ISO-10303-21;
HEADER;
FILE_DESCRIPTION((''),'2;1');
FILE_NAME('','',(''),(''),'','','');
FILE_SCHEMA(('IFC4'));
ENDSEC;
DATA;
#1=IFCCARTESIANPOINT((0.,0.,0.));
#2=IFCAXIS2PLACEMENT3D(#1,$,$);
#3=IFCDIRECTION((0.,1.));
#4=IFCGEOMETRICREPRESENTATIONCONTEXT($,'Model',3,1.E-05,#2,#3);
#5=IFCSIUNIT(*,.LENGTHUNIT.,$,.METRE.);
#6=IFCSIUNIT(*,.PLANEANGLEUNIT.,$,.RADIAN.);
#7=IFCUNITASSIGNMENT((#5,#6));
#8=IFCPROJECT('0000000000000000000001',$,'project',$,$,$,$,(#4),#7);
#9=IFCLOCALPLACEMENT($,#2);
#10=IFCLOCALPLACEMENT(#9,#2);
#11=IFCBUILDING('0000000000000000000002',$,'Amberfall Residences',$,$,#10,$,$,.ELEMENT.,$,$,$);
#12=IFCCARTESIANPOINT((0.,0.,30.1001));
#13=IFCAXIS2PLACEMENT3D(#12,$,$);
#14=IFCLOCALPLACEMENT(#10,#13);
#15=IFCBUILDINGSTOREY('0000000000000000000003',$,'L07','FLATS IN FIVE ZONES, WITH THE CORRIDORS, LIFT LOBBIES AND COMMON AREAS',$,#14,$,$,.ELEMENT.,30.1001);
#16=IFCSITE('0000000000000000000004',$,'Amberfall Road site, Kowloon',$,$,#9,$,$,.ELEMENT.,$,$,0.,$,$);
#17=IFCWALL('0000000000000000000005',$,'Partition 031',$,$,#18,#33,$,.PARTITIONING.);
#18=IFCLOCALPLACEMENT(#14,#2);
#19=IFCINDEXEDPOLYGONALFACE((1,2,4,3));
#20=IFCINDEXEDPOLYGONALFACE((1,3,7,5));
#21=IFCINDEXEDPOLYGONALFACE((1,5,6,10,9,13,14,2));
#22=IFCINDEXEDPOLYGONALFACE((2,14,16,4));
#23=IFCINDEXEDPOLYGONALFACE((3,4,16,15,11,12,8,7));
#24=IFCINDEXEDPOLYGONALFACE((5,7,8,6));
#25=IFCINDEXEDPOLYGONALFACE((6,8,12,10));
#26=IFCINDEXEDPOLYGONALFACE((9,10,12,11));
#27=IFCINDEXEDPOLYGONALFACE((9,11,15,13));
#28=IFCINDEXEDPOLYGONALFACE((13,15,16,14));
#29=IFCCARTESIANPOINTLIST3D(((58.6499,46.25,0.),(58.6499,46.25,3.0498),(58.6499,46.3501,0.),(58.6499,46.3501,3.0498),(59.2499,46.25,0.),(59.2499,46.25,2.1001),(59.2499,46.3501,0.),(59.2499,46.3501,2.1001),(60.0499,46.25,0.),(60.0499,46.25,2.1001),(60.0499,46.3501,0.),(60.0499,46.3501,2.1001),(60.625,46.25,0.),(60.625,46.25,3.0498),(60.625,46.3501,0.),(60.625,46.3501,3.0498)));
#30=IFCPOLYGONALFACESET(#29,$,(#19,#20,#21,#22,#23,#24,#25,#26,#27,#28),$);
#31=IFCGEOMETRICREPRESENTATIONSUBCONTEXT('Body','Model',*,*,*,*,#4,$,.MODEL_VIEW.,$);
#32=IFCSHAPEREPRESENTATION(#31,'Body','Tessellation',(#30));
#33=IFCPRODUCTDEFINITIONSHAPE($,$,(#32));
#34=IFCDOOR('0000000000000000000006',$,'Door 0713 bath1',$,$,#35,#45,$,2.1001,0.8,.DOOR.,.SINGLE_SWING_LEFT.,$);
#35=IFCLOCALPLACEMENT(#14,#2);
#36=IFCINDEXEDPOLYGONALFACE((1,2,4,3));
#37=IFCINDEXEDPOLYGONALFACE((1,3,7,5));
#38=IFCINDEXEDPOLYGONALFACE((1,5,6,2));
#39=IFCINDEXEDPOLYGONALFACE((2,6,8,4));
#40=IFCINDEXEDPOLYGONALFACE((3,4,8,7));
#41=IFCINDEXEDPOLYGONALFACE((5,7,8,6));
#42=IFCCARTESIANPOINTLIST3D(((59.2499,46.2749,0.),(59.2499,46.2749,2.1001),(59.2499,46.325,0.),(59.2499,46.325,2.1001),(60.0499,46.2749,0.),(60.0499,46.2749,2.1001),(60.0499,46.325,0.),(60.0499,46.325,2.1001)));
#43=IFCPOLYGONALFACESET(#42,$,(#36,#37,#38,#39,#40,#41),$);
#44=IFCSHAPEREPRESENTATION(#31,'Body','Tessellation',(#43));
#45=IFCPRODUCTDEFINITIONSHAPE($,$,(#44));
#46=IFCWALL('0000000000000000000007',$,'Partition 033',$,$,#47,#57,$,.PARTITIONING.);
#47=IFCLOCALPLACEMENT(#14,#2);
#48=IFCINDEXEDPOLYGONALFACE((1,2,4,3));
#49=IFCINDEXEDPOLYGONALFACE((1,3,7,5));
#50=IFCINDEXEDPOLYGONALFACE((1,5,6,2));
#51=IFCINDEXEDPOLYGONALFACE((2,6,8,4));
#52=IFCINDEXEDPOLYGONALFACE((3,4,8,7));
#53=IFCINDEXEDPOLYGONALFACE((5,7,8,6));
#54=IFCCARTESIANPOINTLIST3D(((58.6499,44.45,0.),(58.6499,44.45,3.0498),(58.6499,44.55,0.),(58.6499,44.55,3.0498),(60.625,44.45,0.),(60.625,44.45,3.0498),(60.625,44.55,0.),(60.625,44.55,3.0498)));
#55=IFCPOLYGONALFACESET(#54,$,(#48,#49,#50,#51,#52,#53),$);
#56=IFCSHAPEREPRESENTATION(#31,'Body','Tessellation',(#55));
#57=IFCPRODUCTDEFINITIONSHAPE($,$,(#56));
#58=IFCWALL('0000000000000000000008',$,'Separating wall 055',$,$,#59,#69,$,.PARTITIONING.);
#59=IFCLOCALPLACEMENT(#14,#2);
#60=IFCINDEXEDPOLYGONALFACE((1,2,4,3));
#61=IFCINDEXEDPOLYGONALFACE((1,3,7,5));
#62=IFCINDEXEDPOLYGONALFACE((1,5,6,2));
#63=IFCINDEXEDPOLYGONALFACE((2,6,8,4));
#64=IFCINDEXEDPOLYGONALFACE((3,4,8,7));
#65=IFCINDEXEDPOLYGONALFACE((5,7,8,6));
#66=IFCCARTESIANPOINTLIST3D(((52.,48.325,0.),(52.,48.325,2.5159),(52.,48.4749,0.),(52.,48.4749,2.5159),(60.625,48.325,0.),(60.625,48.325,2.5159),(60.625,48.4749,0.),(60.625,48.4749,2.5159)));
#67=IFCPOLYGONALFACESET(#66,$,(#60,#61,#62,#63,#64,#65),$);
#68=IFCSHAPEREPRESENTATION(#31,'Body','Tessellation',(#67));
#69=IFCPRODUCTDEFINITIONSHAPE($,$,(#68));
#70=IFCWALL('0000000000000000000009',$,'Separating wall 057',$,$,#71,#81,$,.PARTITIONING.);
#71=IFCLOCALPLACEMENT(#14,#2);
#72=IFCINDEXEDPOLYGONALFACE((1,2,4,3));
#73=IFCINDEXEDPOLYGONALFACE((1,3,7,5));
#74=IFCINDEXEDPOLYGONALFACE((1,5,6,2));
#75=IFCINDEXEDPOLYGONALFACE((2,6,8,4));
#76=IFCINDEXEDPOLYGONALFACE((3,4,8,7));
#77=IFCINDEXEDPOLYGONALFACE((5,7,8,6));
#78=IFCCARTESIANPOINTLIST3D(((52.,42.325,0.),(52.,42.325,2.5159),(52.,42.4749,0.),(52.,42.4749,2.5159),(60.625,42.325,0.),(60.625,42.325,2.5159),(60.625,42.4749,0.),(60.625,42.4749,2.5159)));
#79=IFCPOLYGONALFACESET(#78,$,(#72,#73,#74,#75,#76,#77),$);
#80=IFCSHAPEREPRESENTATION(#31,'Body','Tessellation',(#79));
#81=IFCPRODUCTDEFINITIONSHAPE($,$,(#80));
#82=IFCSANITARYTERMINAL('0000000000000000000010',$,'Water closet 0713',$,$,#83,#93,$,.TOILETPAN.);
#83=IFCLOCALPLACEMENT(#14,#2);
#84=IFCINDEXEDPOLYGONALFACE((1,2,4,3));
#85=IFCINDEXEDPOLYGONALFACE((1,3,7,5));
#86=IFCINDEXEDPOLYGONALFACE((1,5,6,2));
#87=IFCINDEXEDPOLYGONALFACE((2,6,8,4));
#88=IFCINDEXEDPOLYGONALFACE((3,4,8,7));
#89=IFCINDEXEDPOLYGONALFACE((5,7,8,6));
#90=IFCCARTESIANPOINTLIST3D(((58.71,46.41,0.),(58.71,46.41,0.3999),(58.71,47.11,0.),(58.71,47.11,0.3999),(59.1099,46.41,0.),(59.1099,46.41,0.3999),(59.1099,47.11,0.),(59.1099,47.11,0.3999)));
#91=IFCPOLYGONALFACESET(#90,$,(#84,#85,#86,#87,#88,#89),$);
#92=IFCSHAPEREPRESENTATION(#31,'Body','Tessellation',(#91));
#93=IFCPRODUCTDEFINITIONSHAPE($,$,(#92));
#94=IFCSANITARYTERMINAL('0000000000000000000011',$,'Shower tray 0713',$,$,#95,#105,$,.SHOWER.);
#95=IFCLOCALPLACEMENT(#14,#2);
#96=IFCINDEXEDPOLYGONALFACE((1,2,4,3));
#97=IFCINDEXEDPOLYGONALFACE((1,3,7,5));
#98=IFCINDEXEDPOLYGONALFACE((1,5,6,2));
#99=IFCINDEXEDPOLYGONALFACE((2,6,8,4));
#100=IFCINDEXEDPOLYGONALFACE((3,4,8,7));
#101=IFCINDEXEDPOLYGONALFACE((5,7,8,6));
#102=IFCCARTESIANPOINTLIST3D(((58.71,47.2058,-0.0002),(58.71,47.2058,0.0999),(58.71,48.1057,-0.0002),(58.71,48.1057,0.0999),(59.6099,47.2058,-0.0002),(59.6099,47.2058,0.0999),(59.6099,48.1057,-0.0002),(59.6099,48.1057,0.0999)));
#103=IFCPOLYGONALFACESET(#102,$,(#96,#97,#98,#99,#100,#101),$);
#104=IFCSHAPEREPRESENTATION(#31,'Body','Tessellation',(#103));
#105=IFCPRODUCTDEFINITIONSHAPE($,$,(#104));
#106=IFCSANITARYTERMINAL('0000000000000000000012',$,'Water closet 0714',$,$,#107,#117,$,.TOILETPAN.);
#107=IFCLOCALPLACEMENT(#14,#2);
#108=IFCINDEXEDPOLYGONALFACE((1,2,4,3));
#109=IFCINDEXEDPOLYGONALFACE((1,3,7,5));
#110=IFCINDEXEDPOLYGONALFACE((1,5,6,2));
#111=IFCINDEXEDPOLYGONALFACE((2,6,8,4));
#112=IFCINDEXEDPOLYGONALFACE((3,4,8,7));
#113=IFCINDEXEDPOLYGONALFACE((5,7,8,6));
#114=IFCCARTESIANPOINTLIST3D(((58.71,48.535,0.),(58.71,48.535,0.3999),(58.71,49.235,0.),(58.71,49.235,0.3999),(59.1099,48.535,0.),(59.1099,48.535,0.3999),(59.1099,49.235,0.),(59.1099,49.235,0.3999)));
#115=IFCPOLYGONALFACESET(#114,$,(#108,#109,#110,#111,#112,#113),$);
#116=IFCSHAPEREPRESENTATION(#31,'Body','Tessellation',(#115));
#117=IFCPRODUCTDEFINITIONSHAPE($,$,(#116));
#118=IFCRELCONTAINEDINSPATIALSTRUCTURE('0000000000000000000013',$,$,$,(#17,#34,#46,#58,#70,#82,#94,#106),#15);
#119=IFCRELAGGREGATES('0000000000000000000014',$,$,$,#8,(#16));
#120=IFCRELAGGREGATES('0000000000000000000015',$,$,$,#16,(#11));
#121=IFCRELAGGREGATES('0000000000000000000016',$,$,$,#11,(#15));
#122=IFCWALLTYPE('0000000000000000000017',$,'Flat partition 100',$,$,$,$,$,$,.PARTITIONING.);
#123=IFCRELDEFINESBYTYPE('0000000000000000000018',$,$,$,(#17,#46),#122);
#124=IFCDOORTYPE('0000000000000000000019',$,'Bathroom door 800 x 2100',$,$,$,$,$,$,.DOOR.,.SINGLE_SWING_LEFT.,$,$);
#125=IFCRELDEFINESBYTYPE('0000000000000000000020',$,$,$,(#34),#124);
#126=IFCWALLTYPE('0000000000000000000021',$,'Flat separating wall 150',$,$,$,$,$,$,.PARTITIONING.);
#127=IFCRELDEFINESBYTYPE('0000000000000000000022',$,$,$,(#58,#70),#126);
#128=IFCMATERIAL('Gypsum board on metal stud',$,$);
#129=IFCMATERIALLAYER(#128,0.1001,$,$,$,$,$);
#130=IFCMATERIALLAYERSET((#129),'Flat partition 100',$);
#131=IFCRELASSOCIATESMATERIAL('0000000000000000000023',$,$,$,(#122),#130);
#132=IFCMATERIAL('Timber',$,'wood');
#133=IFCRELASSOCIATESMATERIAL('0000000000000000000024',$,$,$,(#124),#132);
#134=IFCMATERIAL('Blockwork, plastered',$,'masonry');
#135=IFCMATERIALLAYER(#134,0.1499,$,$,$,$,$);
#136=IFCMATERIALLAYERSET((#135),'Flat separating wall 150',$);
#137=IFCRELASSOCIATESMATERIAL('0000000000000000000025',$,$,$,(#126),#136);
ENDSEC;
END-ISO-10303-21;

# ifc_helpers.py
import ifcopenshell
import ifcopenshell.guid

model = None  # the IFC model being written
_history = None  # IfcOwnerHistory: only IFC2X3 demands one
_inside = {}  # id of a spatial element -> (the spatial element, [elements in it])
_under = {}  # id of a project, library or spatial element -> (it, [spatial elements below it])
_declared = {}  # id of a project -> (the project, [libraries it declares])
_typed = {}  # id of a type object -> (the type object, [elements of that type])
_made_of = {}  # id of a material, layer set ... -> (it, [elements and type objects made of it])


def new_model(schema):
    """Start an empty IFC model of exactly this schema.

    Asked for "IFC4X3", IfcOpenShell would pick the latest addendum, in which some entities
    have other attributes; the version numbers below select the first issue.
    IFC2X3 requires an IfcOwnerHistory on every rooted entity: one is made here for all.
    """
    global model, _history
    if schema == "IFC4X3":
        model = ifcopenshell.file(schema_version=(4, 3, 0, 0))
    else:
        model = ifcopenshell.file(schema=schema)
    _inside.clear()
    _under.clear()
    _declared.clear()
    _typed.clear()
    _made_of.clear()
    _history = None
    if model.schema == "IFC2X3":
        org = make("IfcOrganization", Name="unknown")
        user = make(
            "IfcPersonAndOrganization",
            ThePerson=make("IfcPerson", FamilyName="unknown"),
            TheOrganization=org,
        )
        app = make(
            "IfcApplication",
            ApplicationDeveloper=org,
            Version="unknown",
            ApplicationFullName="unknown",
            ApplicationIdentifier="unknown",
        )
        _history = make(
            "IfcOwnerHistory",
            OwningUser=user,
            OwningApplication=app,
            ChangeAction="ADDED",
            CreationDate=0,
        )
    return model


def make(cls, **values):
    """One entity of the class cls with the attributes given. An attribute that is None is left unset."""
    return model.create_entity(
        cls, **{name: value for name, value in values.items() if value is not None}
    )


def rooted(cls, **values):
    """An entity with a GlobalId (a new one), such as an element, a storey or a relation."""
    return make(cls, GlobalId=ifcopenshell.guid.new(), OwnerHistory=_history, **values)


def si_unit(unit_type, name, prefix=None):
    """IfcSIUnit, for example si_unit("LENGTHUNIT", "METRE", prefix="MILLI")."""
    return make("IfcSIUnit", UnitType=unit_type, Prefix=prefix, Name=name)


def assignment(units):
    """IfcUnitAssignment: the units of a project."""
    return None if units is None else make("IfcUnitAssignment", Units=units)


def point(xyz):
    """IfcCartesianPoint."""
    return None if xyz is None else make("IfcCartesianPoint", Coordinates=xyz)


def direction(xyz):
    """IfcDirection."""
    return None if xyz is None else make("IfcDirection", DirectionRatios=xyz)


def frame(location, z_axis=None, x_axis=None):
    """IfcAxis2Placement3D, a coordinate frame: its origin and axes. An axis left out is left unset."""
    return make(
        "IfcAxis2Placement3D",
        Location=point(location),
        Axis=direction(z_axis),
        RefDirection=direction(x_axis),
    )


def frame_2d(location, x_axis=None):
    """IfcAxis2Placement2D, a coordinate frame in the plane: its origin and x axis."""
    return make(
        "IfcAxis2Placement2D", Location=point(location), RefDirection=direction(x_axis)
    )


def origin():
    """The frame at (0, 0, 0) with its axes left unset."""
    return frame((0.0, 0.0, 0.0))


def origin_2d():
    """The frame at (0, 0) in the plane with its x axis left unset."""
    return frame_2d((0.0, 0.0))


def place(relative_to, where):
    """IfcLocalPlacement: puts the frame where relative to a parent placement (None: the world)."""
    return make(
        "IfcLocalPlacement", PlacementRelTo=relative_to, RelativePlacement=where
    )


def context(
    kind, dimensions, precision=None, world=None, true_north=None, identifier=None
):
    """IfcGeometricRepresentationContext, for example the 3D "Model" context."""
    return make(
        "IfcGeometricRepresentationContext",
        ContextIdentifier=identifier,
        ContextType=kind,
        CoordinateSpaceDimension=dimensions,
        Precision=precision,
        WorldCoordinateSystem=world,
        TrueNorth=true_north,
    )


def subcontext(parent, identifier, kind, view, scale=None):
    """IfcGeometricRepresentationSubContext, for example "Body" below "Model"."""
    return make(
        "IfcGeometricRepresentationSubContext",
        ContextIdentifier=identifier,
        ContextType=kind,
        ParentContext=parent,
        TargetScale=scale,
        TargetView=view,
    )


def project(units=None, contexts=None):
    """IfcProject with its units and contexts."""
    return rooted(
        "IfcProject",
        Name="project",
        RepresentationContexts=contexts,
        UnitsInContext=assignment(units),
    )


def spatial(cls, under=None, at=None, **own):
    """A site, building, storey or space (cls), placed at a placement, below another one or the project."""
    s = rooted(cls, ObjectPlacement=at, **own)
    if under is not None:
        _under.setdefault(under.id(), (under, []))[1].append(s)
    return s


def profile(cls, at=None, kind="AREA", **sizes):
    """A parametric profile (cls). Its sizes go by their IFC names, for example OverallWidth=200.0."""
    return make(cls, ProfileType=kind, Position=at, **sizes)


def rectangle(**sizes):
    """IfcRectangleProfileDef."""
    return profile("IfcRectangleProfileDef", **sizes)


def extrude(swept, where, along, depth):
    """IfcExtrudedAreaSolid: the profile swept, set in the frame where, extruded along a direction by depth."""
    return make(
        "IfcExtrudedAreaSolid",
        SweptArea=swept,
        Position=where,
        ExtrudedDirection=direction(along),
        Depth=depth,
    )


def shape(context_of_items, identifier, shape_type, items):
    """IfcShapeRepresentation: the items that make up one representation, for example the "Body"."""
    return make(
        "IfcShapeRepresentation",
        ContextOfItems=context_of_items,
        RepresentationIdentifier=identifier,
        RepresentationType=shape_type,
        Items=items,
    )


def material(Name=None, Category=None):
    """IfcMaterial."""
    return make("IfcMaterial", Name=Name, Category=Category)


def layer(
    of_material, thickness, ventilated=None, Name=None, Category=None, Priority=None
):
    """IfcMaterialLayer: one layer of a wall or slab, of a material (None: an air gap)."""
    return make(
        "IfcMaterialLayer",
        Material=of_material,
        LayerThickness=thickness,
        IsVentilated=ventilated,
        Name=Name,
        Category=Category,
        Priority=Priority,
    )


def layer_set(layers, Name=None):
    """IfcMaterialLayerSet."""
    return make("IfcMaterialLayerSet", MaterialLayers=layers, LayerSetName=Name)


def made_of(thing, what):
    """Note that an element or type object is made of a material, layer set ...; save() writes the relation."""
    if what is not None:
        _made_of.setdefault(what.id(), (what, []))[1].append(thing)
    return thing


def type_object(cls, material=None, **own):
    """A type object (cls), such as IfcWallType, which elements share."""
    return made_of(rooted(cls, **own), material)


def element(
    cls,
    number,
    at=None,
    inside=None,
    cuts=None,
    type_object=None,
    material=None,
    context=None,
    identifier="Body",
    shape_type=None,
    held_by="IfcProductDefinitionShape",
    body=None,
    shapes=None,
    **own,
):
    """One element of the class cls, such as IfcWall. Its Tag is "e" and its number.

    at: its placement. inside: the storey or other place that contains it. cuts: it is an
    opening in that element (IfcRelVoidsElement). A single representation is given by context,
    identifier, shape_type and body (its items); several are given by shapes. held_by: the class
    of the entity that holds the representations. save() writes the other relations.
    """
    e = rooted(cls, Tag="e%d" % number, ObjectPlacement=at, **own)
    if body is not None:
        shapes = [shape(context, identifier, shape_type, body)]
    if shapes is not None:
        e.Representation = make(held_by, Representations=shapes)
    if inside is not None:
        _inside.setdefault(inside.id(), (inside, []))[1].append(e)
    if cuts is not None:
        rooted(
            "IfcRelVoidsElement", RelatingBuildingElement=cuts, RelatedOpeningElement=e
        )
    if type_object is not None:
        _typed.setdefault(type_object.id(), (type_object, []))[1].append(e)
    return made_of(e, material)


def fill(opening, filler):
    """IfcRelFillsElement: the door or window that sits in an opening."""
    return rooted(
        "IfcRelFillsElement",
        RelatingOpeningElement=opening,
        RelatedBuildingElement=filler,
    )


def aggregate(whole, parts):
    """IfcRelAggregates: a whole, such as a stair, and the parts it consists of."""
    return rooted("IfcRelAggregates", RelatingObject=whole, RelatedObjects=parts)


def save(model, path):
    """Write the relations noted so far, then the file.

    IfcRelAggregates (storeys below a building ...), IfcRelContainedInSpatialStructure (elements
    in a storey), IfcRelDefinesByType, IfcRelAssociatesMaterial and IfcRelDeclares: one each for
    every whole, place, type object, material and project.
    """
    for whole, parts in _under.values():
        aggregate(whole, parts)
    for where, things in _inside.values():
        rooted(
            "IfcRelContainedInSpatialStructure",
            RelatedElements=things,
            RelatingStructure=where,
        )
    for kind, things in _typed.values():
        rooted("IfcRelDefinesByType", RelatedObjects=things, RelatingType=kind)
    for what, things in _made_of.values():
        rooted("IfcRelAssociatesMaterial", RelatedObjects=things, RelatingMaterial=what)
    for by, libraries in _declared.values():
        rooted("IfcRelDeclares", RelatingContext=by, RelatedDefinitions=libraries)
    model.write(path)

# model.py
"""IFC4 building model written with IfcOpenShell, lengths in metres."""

from ifc_helpers import new_model, si_unit, direction, frame, frame_2d, origin, origin_2d, place, context, subcontext, project, spatial, rectangle, extrude, material, layer, layer_set, type_object, element, fill, save


model = new_model("IFC4")

# Units and contexts
model_context = context("Model", 3, precision=1e-05, world=origin(), true_north=direction((0.0, 1.0)))
body_context = subcontext(model_context, "Body", "Model", "MODEL_VIEW")
ifc_project = project(units=[si_unit("LENGTHUNIT", "METRE"), si_unit("PLANEANGLEUNIT", "RADIAN")], contexts=[model_context])

# Site, building, storey
site_placement = place(None, origin())
site = spatial("IfcSite", under=ifc_project, at=site_placement, Name="Amberfall Road site, Kowloon", CompositionType="ELEMENT", RefElevation=0.0)
building_placement = place(site_placement, origin())
building = spatial("IfcBuilding", under=site, at=building_placement, Name="Amberfall Residences", CompositionType="ELEMENT")
storey_placement = place(building_placement, frame((0.0, 0.0, 30.1001)))
storey = spatial("IfcBuildingStorey", under=building, at=storey_placement, Name="L07", Description="FLATS IN FIVE ZONES, WITH THE CORRIDORS, LIFT LOBBIES AND COMMON AREAS", CompositionType="ELEMENT", Elevation=30.1001)

# Shared definitions
ifc_material_1 = material(Name="Gypsum board on metal stud")
ifc_layer_1 = layer(ifc_material_1, 0.1001)
ifc_layer_set_1 = layer_set([ifc_layer_1], Name="Flat partition 100")
wall_type_1 = type_object("IfcWallType", Name="Flat partition 100", PredefinedType="PARTITIONING", material=ifc_layer_set_1)
ifc_material_2 = material(Name="Timber", Category="wood")

# Wall, opening, door
wall_1_placement = place(storey_placement, frame((58.6499, 46.3, 0.0), z_axis=(0.0, 0.0, 1.0), x_axis=(1.0, 0.0, 0.0)))
wall_1 = element("IfcWall", 1, at=wall_1_placement, inside=storey, type_object=wall_type_1, Name="Partition 031", PredefinedType="PARTITIONING", context=body_context, shape_type="SweptSolid", body=[
    extrude(rectangle(XDim=1.9751, YDim=0.1001, at=frame_2d((0.9875, 0.0))), origin(), (0.0, 0.0, 1.0), 3.0498),
])
opening_1_placement = place(wall_1_placement, frame((0.6001, 0.0, 0.0)))
opening_1 = element("IfcOpeningElement", 2, at=opening_1_placement, cuts=wall_1, PredefinedType="OPENING", context=body_context, shape_type="SweptSolid", body=[
    extrude(rectangle(XDim=0.8, YDim=2.1001, at=frame_2d((0.3999, 1.05))), frame((0.0, 0.0601, 0.0), z_axis=(0.0, -1.0, 0.0), x_axis=(1.0, 0.0, 0.0)), (0.0, 0.0, 1.0), 0.1201),
])
door_type_1 = type_object("IfcDoorType", Name="Bathroom door 800 x 2100", OperationType="SINGLE_SWING_LEFT", PredefinedType="DOOR", material=ifc_material_2)
door_1_placement = place(opening_1_placement, origin())
door_1 = element("IfcDoor", 3, at=door_1_placement, inside=storey, type_object=door_type_1, Name="Door 0713 bath1", OperationType="SINGLE_SWING_LEFT", OverallHeight=2.1001, OverallWidth=0.8, PredefinedType="DOOR", context=body_context, shape_type="SweptSolid", body=[
    extrude(rectangle(XDim=0.8, YDim=2.1001, at=frame_2d((0.3999, 1.05))), frame((0.0, 0.0249, 0.0), z_axis=(0.0, -1.0, 0.0), x_axis=(1.0, 0.0, 0.0)), (0.0, 0.0, 1.0), 0.05),
])
fill(opening_1, door_1)

# Walls
wall_2_placement = place(storey_placement, frame((58.6499, 44.5, 0.0), z_axis=(0.0, 0.0, 1.0), x_axis=(1.0, 0.0, 0.0)))
element("IfcWall", 4, at=wall_2_placement, inside=storey, type_object=wall_type_1, Name="Partition 033", PredefinedType="PARTITIONING", context=body_context, shape_type="SweptSolid", body=[
    extrude(rectangle(XDim=1.9751, YDim=0.1001, at=frame_2d((0.9875, 0.0))), origin(), (0.0, 0.0, 1.0), 3.0498),
])
ifc_material_3 = material(Name="Blockwork, plastered", Category="masonry")
ifc_layer_2 = layer(ifc_material_3, 0.1499)
ifc_layer_set_2 = layer_set([ifc_layer_2], Name="Flat separating wall 150")
wall_type_2 = type_object("IfcWallType", Name="Flat separating wall 150", PredefinedType="PARTITIONING", material=ifc_layer_set_2)
for number, where, z_axis, x_axis, name in (
    (5, (52.0, 48.3999, 0.0), (0.0, 0.0, 1.0), (1.0, 0.0, 0.0), "Separating wall 055"),
    (6, (52.0, 42.3999, 0.0), (0.0, 0.0, 1.0), (1.0, 0.0, 0.0), "Separating wall 057"),
):
    element("IfcWall", number, at=place(storey_placement, frame(where, z_axis=z_axis, x_axis=x_axis)), inside=storey, type_object=wall_type_2, Name=name, PredefinedType="PARTITIONING", context=body_context, shape_type="SweptSolid", body=[
        extrude(rectangle(XDim=8.625, YDim=0.1499, at=frame_2d((4.3125, 0.0))), origin(), (0.0, 0.0, 1.0), 2.5159),
    ])

# Sanitary terminals
sanitary_terminal_1_placement = place(storey_placement, frame((58.9099, 46.76, 0.0), z_axis=(0.0, 0.0, 1.0), x_axis=(1.0, 0.0, 0.0)))
element("IfcSanitaryTerminal", 7, at=sanitary_terminal_1_placement, inside=storey, Name="Water closet 0713", PredefinedType="TOILETPAN", context=body_context, shape_type="SweptSolid", body=[
    extrude(rectangle(XDim=0.3999, YDim=0.7, at=origin_2d()), origin(), (0.0, 0.0, 1.0), 0.3999),
])
sanitary_terminal_2_placement = place(storey_placement, frame((59.1599, 47.6558, -0.0002), z_axis=(0.0, 0.0, 1.0), x_axis=(1.0, 0.0, 0.0)))
element("IfcSanitaryTerminal", 8, at=sanitary_terminal_2_placement, inside=storey, Name="Shower tray 0713", PredefinedType="SHOWER", context=body_context, shape_type="SweptSolid", body=[
    extrude(rectangle(XDim=0.8999, YDim=0.8999, at=origin_2d()), origin(), (0.0, 0.0, 1.0), 0.1001),
])
sanitary_terminal_3_placement = place(storey_placement, frame((58.9099, 48.885, 0.0), z_axis=(0.0, 0.0, 1.0), x_axis=(1.0, 0.0, 0.0)))
element("IfcSanitaryTerminal", 9, at=sanitary_terminal_3_placement, inside=storey, Name="Water closet 0714", PredefinedType="TOILETPAN", context=body_context, shape_type="SweptSolid", body=[
    extrude(rectangle(XDim=0.3999, YDim=0.7, at=origin_2d()), origin(), (0.0, 0.0, 1.0), 0.3999),
])

save(model, "model.ifc")
